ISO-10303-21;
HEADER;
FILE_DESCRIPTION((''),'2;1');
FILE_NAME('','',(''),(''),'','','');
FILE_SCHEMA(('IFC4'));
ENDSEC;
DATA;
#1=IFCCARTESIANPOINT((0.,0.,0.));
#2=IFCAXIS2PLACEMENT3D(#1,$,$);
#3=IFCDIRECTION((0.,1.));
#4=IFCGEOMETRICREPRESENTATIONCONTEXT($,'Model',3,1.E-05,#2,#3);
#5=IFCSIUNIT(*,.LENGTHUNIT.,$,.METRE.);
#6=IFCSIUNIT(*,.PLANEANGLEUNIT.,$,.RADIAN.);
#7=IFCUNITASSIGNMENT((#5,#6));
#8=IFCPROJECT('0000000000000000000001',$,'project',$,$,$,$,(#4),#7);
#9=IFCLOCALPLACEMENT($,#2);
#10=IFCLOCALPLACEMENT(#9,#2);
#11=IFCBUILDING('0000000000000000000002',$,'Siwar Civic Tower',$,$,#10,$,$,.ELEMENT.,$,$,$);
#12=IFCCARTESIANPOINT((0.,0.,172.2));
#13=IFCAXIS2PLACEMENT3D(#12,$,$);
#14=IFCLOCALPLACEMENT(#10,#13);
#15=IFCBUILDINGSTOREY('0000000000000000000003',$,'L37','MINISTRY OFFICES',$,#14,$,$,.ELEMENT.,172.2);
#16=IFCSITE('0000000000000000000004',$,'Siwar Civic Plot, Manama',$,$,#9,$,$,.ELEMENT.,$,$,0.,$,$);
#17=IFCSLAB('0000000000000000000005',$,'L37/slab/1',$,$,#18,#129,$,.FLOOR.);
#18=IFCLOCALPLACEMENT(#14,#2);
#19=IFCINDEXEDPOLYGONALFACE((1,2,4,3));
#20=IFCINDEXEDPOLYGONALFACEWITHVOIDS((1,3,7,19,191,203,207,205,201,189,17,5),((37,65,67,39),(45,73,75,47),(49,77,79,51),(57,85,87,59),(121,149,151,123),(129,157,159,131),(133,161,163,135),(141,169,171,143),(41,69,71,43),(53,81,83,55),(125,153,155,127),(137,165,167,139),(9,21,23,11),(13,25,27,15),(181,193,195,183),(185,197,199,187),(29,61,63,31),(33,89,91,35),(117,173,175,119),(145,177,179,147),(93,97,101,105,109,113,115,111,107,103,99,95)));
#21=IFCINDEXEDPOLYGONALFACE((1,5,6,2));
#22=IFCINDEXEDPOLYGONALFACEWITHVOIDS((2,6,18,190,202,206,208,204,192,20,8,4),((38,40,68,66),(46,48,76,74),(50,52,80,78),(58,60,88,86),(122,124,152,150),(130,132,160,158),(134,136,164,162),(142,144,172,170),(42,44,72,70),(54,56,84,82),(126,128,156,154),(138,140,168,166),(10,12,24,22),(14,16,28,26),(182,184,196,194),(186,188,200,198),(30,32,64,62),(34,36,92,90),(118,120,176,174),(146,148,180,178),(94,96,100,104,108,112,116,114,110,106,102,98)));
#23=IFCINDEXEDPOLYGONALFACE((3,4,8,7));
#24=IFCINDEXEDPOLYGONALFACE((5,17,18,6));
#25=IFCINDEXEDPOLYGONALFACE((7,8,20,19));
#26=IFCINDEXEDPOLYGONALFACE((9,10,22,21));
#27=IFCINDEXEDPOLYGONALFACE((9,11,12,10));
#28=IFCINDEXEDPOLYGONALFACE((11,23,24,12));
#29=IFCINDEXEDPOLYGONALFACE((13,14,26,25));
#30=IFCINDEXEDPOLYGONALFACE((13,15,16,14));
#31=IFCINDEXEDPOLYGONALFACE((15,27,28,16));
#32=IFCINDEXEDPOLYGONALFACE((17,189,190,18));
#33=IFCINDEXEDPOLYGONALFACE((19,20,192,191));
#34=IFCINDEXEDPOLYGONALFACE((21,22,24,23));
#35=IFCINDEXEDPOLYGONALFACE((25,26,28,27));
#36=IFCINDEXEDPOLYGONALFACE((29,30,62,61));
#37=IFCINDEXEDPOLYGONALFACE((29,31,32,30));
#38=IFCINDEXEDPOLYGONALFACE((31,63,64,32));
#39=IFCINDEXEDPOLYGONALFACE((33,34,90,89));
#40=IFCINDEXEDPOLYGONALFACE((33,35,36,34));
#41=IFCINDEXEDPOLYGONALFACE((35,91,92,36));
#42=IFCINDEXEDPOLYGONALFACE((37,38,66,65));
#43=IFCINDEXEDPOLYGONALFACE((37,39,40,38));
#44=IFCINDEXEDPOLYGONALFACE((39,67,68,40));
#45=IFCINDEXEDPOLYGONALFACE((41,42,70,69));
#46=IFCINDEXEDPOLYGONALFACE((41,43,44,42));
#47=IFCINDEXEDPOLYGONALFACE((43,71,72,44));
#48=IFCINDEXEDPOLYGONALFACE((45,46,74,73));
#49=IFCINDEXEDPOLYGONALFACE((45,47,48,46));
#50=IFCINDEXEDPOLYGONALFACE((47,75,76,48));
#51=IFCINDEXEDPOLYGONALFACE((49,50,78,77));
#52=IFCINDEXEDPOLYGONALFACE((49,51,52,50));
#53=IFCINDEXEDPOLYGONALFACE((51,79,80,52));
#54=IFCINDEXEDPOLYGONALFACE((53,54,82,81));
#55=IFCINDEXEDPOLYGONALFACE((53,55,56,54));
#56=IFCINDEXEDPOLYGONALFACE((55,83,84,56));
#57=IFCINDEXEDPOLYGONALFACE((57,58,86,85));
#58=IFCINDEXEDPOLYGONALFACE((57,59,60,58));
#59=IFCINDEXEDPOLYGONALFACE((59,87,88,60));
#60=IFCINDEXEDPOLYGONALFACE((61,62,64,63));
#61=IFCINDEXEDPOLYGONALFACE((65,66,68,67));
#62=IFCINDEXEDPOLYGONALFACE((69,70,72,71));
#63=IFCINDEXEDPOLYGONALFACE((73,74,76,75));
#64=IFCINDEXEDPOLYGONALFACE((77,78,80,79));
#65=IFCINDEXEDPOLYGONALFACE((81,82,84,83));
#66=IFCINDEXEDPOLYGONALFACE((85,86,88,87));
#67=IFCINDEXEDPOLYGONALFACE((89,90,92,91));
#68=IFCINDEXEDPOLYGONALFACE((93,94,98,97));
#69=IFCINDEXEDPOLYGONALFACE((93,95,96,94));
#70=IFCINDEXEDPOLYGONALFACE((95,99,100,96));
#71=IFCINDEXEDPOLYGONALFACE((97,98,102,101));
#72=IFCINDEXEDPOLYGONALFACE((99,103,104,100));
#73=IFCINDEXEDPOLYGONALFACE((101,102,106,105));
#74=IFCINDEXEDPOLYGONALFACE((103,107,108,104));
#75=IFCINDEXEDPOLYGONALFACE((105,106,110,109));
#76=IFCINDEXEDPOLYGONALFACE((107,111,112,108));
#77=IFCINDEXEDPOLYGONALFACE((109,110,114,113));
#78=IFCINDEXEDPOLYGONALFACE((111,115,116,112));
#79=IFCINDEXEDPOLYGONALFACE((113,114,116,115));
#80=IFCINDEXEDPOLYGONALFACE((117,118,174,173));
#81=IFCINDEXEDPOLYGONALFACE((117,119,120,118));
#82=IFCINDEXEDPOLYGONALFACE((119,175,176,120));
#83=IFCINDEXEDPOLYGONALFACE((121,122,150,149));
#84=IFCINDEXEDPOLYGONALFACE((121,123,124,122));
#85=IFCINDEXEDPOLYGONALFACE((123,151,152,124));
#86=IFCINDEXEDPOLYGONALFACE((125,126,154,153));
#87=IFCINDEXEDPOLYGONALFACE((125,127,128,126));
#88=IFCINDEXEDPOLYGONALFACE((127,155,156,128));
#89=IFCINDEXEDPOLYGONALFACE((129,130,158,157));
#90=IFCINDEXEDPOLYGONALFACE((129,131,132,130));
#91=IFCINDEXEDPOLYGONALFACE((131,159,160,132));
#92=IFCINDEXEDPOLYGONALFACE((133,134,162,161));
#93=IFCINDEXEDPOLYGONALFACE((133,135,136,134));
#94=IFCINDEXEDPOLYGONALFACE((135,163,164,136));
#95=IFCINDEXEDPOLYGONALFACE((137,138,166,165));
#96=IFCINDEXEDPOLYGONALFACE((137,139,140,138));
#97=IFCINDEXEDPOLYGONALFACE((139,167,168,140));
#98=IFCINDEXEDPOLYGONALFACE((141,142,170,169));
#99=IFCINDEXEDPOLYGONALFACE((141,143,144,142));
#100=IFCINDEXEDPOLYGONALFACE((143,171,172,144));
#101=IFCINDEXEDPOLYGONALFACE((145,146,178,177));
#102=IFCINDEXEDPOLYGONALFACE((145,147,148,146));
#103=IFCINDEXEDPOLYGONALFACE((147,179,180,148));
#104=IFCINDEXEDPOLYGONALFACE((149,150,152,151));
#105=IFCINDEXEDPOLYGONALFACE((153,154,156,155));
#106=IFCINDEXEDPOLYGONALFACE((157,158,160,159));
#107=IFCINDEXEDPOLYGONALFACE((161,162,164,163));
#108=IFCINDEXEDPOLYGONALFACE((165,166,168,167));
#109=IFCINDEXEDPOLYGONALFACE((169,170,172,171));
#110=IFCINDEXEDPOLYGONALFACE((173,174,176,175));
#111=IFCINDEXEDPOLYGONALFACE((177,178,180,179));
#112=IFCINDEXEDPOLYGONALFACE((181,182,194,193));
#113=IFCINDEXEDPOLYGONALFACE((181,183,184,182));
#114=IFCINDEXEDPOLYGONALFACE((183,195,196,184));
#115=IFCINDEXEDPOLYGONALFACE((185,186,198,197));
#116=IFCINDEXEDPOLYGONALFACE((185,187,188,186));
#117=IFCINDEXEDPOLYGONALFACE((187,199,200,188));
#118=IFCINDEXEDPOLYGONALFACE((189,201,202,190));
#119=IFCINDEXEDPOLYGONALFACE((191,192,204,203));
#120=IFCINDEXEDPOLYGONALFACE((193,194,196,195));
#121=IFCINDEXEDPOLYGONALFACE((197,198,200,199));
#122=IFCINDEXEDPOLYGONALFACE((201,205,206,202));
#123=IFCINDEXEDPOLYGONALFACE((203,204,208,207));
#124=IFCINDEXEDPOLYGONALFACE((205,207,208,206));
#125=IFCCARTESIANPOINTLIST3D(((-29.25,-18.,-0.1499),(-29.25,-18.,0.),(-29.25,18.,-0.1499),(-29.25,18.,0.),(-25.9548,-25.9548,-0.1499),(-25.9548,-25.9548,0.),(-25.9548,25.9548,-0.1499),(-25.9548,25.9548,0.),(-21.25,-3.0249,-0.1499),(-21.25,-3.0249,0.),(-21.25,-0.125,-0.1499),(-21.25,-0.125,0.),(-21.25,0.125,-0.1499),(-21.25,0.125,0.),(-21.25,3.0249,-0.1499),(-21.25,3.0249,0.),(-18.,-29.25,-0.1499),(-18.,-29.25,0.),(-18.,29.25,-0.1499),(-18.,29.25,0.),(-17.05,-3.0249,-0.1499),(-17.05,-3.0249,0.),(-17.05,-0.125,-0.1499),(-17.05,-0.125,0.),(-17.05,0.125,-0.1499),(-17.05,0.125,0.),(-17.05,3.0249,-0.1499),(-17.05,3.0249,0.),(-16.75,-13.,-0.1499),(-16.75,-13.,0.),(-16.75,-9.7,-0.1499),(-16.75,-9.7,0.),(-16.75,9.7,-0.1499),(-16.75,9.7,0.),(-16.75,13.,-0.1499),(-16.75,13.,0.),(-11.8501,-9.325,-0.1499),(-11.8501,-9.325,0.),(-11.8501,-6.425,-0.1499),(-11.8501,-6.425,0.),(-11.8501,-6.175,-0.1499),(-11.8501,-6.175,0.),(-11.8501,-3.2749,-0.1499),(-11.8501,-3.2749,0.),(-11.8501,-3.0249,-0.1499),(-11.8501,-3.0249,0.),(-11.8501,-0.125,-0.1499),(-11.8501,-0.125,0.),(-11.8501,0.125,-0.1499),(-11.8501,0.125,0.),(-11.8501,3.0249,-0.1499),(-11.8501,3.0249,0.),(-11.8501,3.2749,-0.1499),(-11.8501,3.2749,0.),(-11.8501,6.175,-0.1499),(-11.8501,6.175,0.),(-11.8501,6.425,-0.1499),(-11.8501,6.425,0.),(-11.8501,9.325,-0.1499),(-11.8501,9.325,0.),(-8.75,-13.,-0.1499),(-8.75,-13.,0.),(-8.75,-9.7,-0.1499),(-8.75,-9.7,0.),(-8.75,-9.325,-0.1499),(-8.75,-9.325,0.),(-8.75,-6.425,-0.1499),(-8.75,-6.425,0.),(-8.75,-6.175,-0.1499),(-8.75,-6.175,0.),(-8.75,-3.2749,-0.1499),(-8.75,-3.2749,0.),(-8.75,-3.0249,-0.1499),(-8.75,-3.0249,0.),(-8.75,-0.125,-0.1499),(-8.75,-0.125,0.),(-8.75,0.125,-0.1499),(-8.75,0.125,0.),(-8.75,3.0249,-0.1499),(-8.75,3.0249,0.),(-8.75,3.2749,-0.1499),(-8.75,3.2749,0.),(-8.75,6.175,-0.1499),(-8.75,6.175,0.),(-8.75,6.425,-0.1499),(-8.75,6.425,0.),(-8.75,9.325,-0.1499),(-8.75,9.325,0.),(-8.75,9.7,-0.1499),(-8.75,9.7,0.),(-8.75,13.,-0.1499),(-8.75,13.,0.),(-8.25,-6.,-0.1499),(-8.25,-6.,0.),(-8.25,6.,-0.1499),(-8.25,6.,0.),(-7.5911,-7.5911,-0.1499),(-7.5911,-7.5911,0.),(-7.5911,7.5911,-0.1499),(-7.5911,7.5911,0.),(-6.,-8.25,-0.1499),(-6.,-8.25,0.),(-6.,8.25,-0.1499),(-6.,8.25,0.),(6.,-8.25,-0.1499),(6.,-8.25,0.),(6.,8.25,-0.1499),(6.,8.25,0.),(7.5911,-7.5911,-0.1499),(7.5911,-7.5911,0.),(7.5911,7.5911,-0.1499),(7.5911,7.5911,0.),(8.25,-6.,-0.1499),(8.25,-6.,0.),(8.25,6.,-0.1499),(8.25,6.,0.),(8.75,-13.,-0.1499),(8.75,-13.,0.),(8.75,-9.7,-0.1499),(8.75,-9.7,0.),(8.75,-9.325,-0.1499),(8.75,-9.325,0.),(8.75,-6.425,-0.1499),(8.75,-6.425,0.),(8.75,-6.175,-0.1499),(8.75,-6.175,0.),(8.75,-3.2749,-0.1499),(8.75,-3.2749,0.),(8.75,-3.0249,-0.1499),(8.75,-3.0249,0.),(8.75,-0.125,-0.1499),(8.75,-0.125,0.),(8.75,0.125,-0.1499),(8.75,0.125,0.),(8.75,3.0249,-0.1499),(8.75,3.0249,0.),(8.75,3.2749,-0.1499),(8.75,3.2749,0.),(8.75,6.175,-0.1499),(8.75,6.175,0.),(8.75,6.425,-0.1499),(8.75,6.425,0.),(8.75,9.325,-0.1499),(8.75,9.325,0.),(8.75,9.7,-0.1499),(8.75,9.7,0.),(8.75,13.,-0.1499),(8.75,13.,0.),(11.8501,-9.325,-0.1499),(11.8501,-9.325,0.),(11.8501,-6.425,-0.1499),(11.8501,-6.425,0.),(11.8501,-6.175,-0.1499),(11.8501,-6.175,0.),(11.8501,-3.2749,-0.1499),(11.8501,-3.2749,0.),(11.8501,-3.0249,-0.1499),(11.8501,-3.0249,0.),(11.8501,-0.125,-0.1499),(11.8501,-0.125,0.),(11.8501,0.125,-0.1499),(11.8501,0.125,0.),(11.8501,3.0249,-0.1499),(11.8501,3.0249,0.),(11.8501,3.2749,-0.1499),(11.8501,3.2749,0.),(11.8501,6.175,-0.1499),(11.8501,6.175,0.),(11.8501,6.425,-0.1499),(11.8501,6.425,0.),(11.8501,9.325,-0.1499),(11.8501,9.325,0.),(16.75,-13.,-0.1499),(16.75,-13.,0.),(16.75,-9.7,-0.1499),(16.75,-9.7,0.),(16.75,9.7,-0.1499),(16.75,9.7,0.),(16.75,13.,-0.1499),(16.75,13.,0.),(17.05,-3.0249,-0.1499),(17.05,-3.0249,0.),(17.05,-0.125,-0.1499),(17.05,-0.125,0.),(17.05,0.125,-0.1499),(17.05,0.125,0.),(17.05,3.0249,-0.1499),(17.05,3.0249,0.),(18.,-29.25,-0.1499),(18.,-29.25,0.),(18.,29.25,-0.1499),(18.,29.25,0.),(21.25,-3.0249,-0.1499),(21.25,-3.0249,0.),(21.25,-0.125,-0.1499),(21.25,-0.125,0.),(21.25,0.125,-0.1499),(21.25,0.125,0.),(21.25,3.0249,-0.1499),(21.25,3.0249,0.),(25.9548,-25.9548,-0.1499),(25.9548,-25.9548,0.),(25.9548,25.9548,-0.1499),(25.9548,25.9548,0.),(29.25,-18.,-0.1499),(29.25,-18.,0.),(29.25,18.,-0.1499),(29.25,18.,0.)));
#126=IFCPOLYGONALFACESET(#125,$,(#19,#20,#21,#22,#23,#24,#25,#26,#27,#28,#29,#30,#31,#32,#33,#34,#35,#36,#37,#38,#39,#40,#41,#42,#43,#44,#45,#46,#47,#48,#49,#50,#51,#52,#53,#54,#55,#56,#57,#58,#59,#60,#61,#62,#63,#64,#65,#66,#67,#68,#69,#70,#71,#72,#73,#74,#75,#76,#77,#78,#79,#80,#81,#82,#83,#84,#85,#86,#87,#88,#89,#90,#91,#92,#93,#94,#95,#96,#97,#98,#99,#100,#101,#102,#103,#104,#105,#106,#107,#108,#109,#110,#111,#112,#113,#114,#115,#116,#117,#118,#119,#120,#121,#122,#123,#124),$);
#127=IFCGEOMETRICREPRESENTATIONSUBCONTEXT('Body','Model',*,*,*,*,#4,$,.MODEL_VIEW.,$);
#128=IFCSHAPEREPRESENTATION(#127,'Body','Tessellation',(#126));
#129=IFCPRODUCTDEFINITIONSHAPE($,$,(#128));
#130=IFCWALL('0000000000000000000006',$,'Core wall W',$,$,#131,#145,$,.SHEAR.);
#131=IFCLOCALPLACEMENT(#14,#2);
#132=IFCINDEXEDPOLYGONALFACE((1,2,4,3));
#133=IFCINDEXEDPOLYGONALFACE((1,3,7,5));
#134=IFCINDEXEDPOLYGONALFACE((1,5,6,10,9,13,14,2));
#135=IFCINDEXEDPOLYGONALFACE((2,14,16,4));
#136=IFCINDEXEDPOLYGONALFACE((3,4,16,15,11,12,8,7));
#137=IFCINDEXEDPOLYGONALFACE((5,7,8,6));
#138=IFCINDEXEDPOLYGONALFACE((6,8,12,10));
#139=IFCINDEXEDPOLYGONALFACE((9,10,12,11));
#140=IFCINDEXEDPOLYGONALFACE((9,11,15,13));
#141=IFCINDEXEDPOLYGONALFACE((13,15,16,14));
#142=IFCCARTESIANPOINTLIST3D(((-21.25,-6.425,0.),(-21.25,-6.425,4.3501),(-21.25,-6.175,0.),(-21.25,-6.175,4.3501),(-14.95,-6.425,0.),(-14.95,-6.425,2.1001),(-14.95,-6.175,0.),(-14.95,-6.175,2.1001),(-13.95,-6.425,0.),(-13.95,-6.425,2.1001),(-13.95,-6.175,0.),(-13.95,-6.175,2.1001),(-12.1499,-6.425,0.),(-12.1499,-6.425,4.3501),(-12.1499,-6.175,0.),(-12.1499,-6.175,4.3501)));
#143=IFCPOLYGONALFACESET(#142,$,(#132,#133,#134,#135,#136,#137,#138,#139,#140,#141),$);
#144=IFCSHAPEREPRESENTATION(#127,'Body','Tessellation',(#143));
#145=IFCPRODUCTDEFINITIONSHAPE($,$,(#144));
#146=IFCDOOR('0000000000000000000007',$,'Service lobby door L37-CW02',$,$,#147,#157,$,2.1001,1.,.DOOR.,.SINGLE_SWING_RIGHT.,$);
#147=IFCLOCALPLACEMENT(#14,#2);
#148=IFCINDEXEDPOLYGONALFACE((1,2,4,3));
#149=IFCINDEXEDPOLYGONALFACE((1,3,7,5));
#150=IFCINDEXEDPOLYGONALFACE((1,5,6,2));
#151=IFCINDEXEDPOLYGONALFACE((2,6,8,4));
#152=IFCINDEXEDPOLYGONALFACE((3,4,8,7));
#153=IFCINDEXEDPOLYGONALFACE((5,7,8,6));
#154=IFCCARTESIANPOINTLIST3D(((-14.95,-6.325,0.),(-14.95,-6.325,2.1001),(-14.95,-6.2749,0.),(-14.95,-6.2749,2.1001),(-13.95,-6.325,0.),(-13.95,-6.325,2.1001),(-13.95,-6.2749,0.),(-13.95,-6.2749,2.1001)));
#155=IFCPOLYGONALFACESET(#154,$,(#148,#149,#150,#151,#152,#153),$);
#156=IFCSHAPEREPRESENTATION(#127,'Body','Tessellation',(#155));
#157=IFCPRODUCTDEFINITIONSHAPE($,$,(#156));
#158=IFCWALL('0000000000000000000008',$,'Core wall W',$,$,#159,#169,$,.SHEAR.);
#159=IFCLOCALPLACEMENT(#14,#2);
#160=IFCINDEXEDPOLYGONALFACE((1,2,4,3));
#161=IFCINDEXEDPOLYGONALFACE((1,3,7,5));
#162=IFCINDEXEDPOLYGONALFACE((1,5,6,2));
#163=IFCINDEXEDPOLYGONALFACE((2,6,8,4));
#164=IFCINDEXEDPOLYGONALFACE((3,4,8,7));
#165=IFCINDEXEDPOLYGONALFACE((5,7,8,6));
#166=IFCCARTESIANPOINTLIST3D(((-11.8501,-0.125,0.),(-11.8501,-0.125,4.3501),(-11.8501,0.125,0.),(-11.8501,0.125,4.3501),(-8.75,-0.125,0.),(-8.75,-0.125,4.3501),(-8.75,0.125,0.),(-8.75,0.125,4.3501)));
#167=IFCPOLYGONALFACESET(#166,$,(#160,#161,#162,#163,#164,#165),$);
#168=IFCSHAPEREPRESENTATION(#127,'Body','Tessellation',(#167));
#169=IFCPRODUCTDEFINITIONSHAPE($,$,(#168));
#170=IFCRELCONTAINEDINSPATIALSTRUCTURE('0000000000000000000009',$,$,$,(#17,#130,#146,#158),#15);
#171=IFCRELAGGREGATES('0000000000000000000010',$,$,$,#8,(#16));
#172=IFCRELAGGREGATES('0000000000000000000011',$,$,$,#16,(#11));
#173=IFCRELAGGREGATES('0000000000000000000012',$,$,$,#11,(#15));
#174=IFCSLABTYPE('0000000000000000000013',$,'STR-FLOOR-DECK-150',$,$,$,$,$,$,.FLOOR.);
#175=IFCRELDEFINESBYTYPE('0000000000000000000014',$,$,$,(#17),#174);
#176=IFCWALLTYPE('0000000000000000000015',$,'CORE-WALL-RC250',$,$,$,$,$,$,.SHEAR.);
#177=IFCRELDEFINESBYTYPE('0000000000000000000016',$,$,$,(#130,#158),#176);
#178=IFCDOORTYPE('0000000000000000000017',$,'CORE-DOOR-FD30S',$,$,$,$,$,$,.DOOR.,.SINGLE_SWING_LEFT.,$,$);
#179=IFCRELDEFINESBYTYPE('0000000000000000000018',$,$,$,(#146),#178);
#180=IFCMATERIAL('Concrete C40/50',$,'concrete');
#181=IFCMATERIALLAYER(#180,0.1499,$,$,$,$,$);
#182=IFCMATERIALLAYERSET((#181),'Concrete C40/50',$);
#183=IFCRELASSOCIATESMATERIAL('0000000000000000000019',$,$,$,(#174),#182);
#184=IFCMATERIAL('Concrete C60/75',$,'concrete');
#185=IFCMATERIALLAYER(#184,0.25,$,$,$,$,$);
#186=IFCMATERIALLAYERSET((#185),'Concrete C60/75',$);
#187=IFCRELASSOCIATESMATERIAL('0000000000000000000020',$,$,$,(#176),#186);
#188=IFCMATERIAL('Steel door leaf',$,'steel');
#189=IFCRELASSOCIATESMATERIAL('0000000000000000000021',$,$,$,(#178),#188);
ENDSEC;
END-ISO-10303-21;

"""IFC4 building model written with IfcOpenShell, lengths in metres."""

from ifc_helpers import new_model, si_unit, direction, frame, frame_2d, origin, place, context, subcontext, project, spatial, polyline, rectangle, outline, extrude, material, layer, layer_set, type_object, element, fill, save


model = new_model("IFC4")

# Units and contexts
model_context = context("Model", 3, precision=1e-05, world=origin(), true_north=direction((0.0, 1.0)))
body_context = subcontext(model_context, "Body", "Model", "MODEL_VIEW")
ifc_project = project(units=[si_unit("LENGTHUNIT", "METRE"), si_unit("PLANEANGLEUNIT", "RADIAN")], contexts=[model_context])

# Site, building, storey
site_placement = place(None, origin())
site = spatial("IfcSite", under=ifc_project, at=site_placement, Name="Siwar Civic Plot, Manama", CompositionType="ELEMENT", RefElevation=0.0)
building_placement = place(site_placement, origin())
building = spatial("IfcBuilding", under=site, at=building_placement, Name="Siwar Civic Tower", CompositionType="ELEMENT")
storey_placement = place(building_placement, frame((0.0, 0.0, 172.2)))
storey = spatial("IfcBuildingStorey", under=building, at=storey_placement, Name="L37", Description="MINISTRY OFFICES", CompositionType="ELEMENT", Elevation=172.2)

# Slab
ifc_material_1 = material(Name="Concrete C40/50", Category="concrete")
ifc_layer_1 = layer(ifc_material_1, 0.1499)
ifc_layer_set_1 = layer_set([ifc_layer_1], Name="Concrete C40/50")
slab_type = type_object("IfcSlabType", Name="STR-FLOOR-DECK-150", PredefinedType="FLOOR", material=ifc_layer_set_1)
slab_placement = place(storey_placement, frame((0.0, 0.0, -0.1499)))
element("IfcSlab", 1, at=slab_placement, inside=storey, type_object=slab_type, Name="L37/slab/1", PredefinedType="FLOOR", context=body_context, shape_type="SweptSolid", body=[
    extrude(outline(polyline([(-18.0, -29.25), (18.0, -29.25), (25.9548, -25.9548), (29.25, -18.0), (29.25, 18.0), (25.9548, 25.9548), (18.0, 29.25), (-18.0, 29.25), (-25.9548, 25.9548), (-29.25, 18.0), (-29.25, -18.0), (-25.9548, -25.9548), (-18.0, -29.25)]), holes=[polyline([(21.25, 3.0249), (21.25, 0.125), (17.05, 0.125), (17.05, 3.0249), (21.25, 3.0249)]), polyline([(17.05, -0.125), (21.25, -0.125), (21.25, -3.0249), (17.05, -3.0249), (17.05, -0.125)]), polyline([(16.75, 13.0), (16.75, 9.7), (8.75, 9.7), (8.75, 13.0), (16.75, 13.0)]), polyline([(8.75, -9.7), (16.75, -9.7), (16.75, -13.0), (8.75, -13.0), (8.75, -9.7)]), polyline([(11.8501, 9.325), (11.8501, 6.425), (8.75, 6.425), (8.75, 9.325), (11.8501, 9.325)]), polyline([(11.8501, 3.0249), (11.8501, 0.125), (8.75, 0.125), (8.75, 3.0249), (11.8501, 3.0249)]), polyline([(11.8501, -0.125), (11.8501, -3.0249), (8.75, -3.0249), (8.75, -0.125), (11.8501, -0.125)]), polyline([(11.8501, -3.2749), (11.8501, -6.175), (8.75, -6.175), (8.75, -3.2749), (11.8501, -3.2749)]), polyline([(8.75, 6.175), (11.8501, 6.175), (11.8501, 3.2749), (8.75, 3.2749), (8.75, 6.175)]), polyline([(8.75, -6.425), (11.8501, -6.425), (11.8501, -9.325), (8.75, -9.325), (8.75, -6.425)]), polyline([(-6.0, 8.25), (6.0, 8.25), (7.5911, 7.5911), (8.25, 6.0), (8.25, -6.0), (7.5911, -7.5911), (6.0, -8.25), (-6.0, -8.25), (-7.5911, -7.5911), (-8.25, -6.0), (-8.25, 6.0), (-7.5911, 7.5911), (-6.0, 8.25)]), polyline([(-8.75, 9.7), (-16.75, 9.7), (-16.75, 13.0), (-8.75, 13.0), (-8.75, 9.7)]), polyline([(-8.75, 0.125), (-11.8501, 0.125), (-11.8501, 3.0249), (-8.75, 3.0249), (-8.75, 0.125)]), polyline([(-8.75, -6.175), (-11.8501, -6.175), (-11.8501, -3.2749), (-8.75, -3.2749), (-8.75, -6.175)]), polyline([(-8.75, -9.325), (-11.8501, -9.325), (-11.8501, -6.425), (-8.75, -6.425), (-8.75, -9.325)]), polyline([(-8.75, -13.0), (-16.75, -13.0), (-16.75, -9.7), (-8.75, -9.7), (-8.75, -13.0)]), polyline([(-11.8501, 6.425), (-11.8501, 9.325), (-8.75, 9.325), (-8.75, 6.425), (-11.8501, 6.425)]), polyline([(-11.8501, 3.2749), (-11.8501, 6.175), (-8.75, 6.175), (-8.75, 3.2749), (-11.8501, 3.2749)]), polyline([(-11.8501, -3.0249), (-11.8501, -0.125), (-8.75, -0.125), (-8.75, -3.0249), (-11.8501, -3.0249)]), polyline([(-21.25, -3.0249), (-21.25, -0.125), (-17.05, -0.125), (-17.05, -3.0249), (-21.25, -3.0249)]), polyline([(-17.05, 0.125), (-21.25, 0.125), (-21.25, 3.0249), (-17.05, 3.0249), (-17.05, 0.125)])]), origin(), (0.0, 0.0, 1.0), 0.1499),
])

# Wall, opening, door
ifc_material_2 = material(Name="Concrete C60/75", Category="concrete")
ifc_layer_2 = layer(ifc_material_2, 0.25)
ifc_layer_set_2 = layer_set([ifc_layer_2], Name="Concrete C60/75")
wall_type_1 = type_object("IfcWallType", Name="CORE-WALL-RC250", PredefinedType="SHEAR", material=ifc_layer_set_2)
wall_1_placement = place(storey_placement, frame((-12.1499, -6.3, 0.0), z_axis=(0.0, 0.0, 1.0), x_axis=(-1.0, 0.0, 0.0)))
wall_1 = element("IfcWall", 2, at=wall_1_placement, inside=storey, type_object=wall_type_1, Name="Core wall W", PredefinedType="SHEAR", context=body_context, shape_type="SweptSolid", body=[
    extrude(rectangle(XDim=9.1001, YDim=0.25, at=frame_2d((4.55, 0.0))), origin(), (0.0, 0.0, 1.0), 4.3501),
])
opening_placement = place(wall_1_placement, frame((1.8, 0.0, 0.0)))
opening = element("IfcOpeningElement", 3, at=opening_placement, cuts=wall_1, PredefinedType="OPENING", context=body_context, shape_type="SweptSolid", body=[
    extrude(rectangle(XDim=1.0, YDim=2.1001, at=frame_2d((0.5, 1.05))), frame((0.0, 0.135, 0.0), z_axis=(0.0, -1.0, 0.0), x_axis=(1.0, 0.0, 0.0)), (0.0, 0.0, 1.0), 0.27),
])
ifc_material_3 = material(Name="Steel door leaf", Category="steel")
door_type = type_object("IfcDoorType", Name="CORE-DOOR-FD30S", OperationType="SINGLE_SWING_LEFT", PredefinedType="DOOR", material=ifc_material_3)
door_placement = place(opening_placement, origin())
door = element("IfcDoor", 4, at=door_placement, inside=storey, type_object=door_type, Name="Service lobby door L37-CW02", OperationType="SINGLE_SWING_RIGHT", OverallHeight=2.1001, OverallWidth=1.0, PredefinedType="DOOR", context=body_context, shape_type="SweptSolid", body=[
    extrude(rectangle(XDim=1.0, YDim=2.1001, at=frame_2d((0.5, 1.05))), frame((0.0, 0.0249, 0.0), z_axis=(0.0, -1.0, 0.0), x_axis=(1.0, 0.0, 0.0)), (0.0, 0.0, 1.0), 0.05),
])
fill(opening, door)

# Wall
for number, where, z_axis, x_axis, name in (
    (5, (-8.75, 0.0, 0.0), (0.0, 0.0, 1.0), (-1.0, 0.0, 0.0), "Core wall W"),
):
    element("IfcWall", number, at=place(storey_placement, frame(where, z_axis=z_axis, x_axis=x_axis)), inside=storey, type_object=wall_type_1, Name=name, PredefinedType="SHEAR", context=body_context, shape_type="SweptSolid", body=[
        extrude(rectangle(XDim=3.1001, YDim=0.25, at=frame_2d((1.55, 0.0))), origin(), (0.0, 0.0, 1.0), 4.3501),
    ])

save(model, "model.ifc")
